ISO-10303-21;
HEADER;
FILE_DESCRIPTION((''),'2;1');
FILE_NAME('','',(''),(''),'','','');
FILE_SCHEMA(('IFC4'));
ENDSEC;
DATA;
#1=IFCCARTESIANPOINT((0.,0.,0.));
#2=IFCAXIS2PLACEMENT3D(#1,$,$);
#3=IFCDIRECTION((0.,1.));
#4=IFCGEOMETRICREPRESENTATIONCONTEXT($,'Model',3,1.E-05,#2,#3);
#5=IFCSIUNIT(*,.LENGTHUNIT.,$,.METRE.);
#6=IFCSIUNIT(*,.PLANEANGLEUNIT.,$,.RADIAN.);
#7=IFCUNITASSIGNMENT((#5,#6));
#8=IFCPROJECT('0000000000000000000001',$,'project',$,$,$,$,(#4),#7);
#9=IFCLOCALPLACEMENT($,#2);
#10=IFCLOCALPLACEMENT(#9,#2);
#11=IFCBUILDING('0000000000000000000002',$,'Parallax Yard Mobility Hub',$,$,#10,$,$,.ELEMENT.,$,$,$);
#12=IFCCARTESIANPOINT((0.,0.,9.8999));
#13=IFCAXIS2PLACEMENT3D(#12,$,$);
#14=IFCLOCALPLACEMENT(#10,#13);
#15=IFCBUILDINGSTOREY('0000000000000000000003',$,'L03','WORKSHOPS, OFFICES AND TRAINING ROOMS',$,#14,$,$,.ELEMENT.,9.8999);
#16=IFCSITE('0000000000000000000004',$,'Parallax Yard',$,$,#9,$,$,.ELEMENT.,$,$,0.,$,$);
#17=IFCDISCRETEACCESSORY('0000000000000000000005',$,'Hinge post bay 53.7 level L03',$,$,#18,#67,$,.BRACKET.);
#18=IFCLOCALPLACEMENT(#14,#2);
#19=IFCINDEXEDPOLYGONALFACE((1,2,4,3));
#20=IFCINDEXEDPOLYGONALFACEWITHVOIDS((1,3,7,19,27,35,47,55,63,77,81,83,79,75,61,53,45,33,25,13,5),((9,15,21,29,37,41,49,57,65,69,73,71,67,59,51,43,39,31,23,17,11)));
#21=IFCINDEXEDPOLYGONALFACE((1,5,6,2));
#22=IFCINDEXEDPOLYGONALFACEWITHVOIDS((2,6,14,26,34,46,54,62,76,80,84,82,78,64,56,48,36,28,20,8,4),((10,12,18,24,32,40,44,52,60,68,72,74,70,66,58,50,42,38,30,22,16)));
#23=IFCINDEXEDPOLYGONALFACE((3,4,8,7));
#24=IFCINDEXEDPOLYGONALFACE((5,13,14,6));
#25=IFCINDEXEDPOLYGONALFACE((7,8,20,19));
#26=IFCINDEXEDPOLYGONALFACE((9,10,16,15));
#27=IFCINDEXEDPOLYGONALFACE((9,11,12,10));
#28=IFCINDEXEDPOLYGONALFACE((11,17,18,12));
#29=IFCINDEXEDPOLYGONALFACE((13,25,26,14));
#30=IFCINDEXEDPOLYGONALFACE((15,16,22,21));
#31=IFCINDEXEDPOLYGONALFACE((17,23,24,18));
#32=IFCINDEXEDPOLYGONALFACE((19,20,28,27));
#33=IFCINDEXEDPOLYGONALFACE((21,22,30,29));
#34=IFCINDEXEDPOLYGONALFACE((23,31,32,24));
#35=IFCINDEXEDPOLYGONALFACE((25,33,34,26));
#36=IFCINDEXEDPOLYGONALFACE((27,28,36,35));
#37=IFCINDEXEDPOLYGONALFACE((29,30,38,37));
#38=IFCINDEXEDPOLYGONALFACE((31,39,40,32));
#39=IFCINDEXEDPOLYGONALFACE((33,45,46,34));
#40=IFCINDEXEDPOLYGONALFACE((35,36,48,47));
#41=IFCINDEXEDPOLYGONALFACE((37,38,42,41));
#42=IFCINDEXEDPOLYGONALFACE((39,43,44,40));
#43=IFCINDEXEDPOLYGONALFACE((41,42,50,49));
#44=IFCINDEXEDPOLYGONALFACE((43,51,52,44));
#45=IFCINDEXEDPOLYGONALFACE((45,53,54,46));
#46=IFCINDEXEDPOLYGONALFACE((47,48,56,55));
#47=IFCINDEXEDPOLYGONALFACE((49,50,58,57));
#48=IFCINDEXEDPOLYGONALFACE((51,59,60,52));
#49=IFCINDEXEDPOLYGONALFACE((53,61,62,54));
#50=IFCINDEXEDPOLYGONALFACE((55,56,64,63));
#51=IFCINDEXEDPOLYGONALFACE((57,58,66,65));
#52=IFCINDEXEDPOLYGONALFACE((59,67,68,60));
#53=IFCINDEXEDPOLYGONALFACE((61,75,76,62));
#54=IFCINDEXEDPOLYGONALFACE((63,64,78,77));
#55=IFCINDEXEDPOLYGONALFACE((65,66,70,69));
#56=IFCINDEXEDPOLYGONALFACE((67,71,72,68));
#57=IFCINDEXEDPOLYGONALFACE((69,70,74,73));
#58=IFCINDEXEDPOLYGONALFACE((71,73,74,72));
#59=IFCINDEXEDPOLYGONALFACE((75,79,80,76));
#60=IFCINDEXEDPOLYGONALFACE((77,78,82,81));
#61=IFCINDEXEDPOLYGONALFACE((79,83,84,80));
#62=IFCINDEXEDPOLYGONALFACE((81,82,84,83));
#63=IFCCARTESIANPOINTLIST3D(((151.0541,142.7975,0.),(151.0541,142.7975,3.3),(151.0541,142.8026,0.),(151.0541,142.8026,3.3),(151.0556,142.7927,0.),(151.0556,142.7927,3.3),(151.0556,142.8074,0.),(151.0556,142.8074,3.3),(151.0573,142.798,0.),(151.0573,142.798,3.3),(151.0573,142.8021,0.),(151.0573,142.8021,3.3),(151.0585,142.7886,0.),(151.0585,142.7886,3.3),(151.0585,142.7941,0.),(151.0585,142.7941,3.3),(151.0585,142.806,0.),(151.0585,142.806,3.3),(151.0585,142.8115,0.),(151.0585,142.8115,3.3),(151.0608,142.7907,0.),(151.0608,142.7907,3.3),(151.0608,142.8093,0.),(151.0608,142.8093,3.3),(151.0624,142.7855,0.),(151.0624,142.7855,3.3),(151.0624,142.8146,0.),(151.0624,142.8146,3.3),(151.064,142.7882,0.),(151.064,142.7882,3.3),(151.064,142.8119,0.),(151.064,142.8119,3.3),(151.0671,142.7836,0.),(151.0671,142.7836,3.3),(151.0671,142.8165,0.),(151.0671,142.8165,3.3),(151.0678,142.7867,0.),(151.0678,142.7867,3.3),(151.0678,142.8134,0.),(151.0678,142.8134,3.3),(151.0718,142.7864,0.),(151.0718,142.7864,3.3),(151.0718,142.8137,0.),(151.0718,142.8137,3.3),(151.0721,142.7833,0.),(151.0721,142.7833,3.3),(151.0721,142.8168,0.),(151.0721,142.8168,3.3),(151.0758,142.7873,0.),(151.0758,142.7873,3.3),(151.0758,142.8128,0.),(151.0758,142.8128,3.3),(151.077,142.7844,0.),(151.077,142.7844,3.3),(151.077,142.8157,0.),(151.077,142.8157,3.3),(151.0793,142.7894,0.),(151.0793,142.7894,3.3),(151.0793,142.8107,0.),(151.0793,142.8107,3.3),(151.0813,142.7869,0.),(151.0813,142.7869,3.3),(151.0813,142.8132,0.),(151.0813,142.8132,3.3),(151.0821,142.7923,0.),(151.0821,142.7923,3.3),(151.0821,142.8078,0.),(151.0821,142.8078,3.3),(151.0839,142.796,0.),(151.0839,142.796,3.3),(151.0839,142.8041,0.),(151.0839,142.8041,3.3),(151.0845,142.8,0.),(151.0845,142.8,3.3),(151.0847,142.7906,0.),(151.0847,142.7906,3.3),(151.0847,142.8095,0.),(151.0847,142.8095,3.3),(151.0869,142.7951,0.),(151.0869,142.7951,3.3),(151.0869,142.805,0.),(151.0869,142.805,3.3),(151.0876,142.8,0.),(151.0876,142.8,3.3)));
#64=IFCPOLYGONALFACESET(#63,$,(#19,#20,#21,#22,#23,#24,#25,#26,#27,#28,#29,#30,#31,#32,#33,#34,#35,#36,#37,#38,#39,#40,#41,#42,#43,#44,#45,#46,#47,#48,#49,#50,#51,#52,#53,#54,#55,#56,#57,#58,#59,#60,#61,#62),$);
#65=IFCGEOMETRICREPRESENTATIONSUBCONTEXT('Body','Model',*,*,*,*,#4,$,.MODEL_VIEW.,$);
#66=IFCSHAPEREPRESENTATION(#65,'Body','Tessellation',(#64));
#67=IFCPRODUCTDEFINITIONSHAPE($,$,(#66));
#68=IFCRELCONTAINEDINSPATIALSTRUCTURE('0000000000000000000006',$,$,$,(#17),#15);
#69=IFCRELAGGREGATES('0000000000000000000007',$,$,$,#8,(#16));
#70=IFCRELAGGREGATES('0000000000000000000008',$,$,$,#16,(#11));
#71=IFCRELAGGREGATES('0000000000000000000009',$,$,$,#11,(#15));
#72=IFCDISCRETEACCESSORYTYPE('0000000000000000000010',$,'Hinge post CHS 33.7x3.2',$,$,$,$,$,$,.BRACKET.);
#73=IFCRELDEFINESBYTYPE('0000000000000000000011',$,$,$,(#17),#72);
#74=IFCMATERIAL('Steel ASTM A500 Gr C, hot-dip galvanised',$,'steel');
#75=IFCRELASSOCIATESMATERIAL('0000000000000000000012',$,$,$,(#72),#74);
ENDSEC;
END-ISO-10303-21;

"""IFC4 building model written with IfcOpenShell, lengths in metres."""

from ifc_helpers import new_model, si_unit, direction, frame, origin, origin_2d, place, context, subcontext, project, spatial, hollow_circle, extrude, material, material_profile, profile_set, type_object, element, save


model = new_model("IFC4")

# Units and contexts
model_context = context("Model", 3, precision=1e-05, world=origin(), true_north=direction((0.0, 1.0)))
body_context = subcontext(model_context, "Body", "Model", "MODEL_VIEW")
ifc_project = project(units=[si_unit("LENGTHUNIT", "METRE"), si_unit("PLANEANGLEUNIT", "RADIAN")], contexts=[model_context])

# Site, building, storey
site_placement = place(None, origin())
site = spatial("IfcSite", under=ifc_project, at=site_placement, Name="Parallax Yard", CompositionType="ELEMENT", RefElevation=0.0)
building_placement = place(site_placement, origin())
building = spatial("IfcBuilding", under=site, at=building_placement, Name="Parallax Yard Mobility Hub", CompositionType="ELEMENT")
storey_placement = place(building_placement, frame((0.0, 0.0, 9.8999)))
storey = spatial("IfcBuildingStorey", under=building, at=storey_placement, Name="L03", Description="WORKSHOPS, OFFICES AND TRAINING ROOMS", CompositionType="ELEMENT", Elevation=9.8999)

# Discrete accessory
ifc_material_1 = material(Name="Steel ASTM A500 Gr C, hot-dip galvanised", Category="steel")
ifc_material_profile_1 = material_profile(ifc_material_1, hollow_circle(Radius=0.0168, WallThickness=0.0032, at=origin_2d()), Name="CHS 33.7x3.2")
ifc_profile_set_1 = profile_set([ifc_material_profile_1], Name="Steel ASTM A500 Gr C, hot-dip galvanised")
discrete_accessory_type_1 = type_object("IfcDiscreteAccessoryType", Name="Hinge post CHS 33.7x3.2", PredefinedType="BRACKET", material=ifc_profile_set_1)
for number, where, z_axis, x_axis, name in (
    (1, (151.0708, 142.8, 0.0), (0.0, 0.0, 1.0), (1.0, 0.0, 0.0), "Hinge post bay 53.7 level L03"),
):
    element("IfcDiscreteAccessory", number, at=place(storey_placement, frame(where, z_axis=z_axis, x_axis=x_axis)), inside=storey, type_object=discrete_accessory_type_1, Name=name, PredefinedType="BRACKET", context=body_context, shape_type="SweptSolid", body=[
        extrude(hollow_circle(Radius=0.0168, WallThickness=0.0032, at=origin_2d()), origin(), (0.0, 0.0, 1.0), 3.3),
    ])

save(model, "model.ifc")
